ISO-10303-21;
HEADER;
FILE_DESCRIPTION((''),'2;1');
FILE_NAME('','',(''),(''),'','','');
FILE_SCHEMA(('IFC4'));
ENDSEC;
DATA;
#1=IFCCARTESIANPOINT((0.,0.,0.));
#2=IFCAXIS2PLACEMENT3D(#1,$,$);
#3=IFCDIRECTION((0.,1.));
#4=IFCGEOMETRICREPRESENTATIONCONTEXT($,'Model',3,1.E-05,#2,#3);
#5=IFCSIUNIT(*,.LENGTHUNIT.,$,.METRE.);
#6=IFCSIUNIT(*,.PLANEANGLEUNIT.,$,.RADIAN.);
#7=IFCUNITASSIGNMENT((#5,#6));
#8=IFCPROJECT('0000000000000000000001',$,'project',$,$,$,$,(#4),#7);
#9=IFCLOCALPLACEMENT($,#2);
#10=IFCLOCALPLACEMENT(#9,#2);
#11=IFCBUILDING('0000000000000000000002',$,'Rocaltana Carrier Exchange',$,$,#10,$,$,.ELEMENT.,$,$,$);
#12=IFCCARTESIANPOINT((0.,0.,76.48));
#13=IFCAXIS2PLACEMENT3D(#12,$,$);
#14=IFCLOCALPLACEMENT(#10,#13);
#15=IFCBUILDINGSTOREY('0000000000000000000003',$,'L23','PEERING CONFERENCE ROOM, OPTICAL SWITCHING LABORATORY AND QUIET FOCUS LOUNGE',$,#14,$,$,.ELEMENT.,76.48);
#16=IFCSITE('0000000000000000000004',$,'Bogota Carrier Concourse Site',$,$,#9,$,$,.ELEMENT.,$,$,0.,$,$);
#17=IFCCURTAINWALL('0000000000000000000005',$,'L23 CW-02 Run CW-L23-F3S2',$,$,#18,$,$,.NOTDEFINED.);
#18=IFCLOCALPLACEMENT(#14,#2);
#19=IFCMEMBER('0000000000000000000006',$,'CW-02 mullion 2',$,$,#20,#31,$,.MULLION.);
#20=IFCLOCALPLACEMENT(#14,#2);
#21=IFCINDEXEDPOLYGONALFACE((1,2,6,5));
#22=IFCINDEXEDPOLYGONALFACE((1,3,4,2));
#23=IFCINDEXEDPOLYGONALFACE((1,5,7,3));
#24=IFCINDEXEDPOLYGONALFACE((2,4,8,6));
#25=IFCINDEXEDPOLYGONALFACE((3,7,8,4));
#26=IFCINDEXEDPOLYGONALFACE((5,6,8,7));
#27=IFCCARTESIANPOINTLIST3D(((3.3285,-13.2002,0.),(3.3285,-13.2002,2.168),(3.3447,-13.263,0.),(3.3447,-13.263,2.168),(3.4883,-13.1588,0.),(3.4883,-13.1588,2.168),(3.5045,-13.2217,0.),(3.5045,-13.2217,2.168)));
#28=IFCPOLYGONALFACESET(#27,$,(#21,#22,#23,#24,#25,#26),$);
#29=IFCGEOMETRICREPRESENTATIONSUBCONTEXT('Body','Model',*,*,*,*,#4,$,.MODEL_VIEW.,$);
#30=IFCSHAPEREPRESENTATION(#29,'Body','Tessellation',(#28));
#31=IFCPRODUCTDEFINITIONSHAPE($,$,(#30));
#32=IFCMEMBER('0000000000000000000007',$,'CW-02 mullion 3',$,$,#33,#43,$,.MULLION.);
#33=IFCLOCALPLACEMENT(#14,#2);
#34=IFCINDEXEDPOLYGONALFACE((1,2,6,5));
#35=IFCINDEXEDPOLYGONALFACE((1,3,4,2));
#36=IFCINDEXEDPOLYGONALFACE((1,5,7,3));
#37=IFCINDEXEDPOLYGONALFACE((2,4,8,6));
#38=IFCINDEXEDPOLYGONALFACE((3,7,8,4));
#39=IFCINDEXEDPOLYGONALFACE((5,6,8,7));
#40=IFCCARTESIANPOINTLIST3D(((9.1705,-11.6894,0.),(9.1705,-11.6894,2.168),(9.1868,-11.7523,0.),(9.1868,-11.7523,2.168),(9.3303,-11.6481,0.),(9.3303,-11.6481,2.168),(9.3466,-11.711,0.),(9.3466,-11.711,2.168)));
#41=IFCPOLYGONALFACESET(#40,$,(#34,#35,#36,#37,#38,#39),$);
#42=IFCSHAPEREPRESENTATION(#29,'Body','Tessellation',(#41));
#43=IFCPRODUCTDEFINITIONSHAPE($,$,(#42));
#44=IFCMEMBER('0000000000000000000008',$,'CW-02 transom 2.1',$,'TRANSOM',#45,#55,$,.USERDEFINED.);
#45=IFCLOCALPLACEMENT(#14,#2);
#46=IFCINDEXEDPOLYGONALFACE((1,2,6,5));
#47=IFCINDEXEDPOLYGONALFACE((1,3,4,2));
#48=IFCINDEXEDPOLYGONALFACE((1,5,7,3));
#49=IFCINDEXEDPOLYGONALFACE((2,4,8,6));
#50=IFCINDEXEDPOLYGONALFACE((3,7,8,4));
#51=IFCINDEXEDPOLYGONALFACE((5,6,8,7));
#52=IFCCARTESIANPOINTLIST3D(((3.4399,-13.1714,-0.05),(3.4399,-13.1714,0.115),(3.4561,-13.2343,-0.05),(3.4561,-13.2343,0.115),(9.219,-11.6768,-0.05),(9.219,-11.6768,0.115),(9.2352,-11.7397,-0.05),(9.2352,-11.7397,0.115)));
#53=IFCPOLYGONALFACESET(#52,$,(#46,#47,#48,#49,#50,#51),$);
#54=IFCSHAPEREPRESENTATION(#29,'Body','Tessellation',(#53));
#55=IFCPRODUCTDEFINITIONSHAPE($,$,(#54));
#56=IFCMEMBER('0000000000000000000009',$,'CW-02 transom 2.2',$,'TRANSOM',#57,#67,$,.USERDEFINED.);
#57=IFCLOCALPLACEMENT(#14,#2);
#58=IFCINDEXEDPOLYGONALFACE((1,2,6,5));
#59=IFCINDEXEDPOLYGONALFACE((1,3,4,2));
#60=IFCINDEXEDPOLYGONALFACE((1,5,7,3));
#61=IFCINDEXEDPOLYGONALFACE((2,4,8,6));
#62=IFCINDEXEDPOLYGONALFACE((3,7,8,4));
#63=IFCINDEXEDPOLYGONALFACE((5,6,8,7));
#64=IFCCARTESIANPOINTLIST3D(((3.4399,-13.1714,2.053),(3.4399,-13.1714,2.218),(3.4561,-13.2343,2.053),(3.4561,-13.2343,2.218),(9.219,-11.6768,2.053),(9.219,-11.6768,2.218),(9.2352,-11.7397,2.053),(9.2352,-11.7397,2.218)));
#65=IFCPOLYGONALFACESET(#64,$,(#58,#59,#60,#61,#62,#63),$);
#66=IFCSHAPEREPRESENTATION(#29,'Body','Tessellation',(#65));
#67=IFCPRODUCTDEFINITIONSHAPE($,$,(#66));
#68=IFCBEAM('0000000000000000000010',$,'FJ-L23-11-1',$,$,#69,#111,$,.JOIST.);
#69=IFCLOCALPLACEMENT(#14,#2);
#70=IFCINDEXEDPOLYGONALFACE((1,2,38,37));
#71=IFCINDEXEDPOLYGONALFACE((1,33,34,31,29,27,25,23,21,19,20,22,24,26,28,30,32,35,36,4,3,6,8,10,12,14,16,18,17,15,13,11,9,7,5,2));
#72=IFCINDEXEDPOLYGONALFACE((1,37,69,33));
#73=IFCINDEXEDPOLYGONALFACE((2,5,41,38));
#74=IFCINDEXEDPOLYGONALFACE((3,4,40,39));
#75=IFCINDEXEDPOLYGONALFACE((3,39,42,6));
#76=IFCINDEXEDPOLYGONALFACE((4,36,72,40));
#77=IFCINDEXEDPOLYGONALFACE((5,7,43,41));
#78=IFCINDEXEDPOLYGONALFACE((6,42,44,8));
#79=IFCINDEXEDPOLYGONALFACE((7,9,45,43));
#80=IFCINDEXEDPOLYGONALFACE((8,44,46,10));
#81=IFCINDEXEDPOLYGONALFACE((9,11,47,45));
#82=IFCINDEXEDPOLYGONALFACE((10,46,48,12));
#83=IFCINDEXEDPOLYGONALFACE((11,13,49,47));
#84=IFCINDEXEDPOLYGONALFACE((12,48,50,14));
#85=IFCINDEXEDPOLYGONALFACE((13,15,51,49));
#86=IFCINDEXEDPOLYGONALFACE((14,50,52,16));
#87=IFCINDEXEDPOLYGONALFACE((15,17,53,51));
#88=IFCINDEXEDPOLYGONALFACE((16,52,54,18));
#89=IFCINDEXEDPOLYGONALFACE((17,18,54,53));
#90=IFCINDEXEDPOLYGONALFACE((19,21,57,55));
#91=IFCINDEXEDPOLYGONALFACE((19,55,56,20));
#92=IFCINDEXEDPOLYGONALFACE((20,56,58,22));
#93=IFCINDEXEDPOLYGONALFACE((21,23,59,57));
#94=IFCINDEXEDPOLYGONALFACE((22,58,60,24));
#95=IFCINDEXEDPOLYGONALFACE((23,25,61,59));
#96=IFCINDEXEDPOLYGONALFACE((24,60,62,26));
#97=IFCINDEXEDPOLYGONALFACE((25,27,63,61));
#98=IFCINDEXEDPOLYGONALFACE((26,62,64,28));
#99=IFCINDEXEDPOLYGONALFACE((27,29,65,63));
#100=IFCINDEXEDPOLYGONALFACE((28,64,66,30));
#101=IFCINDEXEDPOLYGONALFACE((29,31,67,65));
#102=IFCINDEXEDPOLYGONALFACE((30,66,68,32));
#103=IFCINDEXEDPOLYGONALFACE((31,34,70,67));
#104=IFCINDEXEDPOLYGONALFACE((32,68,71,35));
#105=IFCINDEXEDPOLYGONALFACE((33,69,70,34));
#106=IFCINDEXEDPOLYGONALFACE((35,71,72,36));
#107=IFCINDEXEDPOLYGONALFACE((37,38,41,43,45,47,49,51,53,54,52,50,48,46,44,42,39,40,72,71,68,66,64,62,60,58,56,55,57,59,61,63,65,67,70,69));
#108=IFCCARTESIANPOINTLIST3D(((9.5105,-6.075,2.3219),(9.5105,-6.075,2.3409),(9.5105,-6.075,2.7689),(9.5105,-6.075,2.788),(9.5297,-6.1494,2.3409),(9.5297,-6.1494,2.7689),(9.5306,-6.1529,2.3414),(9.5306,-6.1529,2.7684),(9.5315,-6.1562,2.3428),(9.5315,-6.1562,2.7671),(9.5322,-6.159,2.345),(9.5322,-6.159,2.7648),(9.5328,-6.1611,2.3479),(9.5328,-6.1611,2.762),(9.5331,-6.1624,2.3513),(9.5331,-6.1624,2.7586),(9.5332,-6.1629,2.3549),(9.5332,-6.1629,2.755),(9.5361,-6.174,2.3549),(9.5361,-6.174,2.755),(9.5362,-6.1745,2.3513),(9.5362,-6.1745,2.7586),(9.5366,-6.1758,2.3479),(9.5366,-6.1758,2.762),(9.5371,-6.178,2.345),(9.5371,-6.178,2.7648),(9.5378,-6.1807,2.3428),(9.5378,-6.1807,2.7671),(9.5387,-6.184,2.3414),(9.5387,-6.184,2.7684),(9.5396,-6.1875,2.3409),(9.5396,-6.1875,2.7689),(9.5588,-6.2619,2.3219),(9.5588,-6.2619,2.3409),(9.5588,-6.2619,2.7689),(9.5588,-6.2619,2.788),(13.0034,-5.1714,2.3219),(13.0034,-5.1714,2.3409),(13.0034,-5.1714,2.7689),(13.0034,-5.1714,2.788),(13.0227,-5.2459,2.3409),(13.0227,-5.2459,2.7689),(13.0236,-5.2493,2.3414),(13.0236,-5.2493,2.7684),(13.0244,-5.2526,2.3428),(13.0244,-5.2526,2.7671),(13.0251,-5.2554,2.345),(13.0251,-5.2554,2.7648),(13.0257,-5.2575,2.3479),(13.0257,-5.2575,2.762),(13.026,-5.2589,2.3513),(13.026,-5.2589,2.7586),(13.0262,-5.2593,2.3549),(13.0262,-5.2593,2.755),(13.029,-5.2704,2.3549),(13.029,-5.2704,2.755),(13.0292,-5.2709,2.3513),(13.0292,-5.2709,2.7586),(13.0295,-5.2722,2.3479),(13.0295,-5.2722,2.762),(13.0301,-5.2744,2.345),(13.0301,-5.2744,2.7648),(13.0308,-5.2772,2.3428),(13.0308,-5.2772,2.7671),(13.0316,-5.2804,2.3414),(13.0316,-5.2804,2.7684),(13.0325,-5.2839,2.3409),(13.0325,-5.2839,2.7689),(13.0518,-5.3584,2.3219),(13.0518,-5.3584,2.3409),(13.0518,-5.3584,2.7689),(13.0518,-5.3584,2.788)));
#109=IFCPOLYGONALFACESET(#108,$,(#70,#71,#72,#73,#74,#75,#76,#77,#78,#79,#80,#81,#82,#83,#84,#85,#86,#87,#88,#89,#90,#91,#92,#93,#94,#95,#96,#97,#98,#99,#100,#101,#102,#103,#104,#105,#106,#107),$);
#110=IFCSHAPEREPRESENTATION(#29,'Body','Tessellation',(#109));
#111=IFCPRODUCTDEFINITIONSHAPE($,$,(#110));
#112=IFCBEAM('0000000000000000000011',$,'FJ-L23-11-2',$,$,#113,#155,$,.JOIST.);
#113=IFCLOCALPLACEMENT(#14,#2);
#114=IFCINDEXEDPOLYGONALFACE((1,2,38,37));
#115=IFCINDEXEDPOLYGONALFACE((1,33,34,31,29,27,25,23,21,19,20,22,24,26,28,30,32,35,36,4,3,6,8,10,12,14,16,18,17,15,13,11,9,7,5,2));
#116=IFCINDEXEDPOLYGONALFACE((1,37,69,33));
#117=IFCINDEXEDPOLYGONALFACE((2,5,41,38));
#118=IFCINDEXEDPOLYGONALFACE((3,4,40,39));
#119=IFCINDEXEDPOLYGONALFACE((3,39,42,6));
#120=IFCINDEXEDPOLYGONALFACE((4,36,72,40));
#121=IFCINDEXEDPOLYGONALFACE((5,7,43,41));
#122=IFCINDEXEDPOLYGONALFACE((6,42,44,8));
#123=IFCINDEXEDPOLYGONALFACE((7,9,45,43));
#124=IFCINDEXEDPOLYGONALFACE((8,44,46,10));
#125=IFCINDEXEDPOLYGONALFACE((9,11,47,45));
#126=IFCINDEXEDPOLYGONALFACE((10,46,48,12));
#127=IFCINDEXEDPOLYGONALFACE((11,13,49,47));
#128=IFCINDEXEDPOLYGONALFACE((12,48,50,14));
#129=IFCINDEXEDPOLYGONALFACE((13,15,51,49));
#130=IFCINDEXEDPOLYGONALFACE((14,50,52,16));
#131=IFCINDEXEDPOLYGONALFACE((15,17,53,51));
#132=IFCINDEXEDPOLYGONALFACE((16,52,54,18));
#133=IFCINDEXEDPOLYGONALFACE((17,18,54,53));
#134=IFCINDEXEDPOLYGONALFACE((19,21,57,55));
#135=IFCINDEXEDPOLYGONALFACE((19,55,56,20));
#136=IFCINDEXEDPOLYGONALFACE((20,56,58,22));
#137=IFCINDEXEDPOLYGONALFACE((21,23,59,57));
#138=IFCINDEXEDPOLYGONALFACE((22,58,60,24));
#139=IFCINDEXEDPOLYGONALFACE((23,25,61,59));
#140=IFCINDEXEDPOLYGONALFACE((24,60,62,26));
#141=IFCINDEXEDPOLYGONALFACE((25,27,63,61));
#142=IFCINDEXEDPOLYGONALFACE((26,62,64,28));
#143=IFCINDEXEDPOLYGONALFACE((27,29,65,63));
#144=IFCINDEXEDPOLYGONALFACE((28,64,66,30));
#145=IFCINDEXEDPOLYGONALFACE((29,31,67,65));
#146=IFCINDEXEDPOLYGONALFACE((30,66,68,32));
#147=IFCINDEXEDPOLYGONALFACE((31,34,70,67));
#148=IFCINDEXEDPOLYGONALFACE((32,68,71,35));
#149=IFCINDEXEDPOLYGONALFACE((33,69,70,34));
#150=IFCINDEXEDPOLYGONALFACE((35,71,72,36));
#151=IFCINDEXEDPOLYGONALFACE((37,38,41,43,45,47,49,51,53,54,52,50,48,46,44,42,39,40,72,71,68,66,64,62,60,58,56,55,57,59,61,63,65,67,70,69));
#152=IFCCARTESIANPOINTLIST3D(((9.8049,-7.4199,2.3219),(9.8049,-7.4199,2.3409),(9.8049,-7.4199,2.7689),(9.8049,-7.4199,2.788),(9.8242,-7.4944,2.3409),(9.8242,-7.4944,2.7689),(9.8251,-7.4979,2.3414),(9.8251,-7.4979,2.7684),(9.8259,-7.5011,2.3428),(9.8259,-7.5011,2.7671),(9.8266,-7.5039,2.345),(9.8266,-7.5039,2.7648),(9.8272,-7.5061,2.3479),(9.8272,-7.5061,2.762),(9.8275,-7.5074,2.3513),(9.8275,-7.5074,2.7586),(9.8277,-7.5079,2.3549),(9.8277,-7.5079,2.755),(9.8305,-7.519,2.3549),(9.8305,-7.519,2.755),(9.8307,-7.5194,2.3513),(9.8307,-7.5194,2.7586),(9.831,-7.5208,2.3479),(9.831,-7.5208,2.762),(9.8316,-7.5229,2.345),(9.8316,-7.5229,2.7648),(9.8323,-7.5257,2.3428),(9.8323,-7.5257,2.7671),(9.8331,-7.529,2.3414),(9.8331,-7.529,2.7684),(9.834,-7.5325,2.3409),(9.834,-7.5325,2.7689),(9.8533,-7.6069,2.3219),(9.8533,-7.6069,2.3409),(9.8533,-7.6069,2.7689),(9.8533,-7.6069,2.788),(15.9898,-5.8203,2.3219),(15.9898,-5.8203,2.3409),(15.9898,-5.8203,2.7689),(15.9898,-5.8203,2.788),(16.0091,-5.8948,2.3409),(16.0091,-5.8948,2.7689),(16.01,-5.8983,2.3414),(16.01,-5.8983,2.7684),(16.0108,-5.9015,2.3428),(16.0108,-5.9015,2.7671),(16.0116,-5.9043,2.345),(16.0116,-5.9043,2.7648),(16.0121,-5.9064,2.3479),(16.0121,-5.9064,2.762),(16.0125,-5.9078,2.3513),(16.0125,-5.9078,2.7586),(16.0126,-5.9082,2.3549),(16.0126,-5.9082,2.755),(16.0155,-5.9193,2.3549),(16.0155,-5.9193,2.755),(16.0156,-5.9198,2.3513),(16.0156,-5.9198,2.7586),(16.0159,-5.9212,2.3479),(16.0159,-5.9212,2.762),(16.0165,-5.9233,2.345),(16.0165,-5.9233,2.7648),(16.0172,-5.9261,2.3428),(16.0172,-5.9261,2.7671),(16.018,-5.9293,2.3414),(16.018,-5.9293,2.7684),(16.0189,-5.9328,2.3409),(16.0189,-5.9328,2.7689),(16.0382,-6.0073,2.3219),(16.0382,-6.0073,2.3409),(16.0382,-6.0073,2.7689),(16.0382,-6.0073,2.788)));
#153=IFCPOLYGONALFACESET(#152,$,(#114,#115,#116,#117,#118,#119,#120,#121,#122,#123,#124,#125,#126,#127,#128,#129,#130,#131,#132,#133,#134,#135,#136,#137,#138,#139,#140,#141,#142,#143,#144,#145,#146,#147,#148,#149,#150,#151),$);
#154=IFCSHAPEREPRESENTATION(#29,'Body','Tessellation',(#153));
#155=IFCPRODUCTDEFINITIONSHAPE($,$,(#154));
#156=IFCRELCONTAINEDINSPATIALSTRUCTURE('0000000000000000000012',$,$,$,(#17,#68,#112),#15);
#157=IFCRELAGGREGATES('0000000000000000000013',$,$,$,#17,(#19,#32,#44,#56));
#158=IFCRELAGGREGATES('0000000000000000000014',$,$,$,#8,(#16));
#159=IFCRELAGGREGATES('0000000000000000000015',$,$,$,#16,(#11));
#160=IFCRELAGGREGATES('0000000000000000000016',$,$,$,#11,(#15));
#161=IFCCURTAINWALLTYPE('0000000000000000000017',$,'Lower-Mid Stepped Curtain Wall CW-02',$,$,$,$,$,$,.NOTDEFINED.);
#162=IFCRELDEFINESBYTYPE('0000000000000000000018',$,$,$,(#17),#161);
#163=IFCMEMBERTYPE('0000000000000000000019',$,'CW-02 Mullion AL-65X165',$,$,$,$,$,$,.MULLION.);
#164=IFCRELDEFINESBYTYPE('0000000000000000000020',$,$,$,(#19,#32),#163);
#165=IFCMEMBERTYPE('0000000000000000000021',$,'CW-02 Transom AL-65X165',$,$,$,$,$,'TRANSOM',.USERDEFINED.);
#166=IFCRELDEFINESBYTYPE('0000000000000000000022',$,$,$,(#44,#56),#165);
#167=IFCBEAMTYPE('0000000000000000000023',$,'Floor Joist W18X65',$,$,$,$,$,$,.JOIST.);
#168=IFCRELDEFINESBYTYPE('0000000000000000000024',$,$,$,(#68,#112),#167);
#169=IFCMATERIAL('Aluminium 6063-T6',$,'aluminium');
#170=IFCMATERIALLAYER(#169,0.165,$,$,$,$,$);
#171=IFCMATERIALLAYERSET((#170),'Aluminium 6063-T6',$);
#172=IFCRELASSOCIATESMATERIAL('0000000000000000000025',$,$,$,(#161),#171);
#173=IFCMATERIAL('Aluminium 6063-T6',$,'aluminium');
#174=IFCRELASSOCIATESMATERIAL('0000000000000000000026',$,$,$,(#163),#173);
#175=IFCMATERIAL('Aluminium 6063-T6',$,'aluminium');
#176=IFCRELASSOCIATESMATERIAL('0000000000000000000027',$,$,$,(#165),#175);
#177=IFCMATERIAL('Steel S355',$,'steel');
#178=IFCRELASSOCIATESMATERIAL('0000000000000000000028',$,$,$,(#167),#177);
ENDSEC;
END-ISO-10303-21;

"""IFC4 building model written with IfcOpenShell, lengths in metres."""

from ifc_helpers import new_model, si_unit, direction, frame, origin, origin_2d, place, context, subcontext, project, spatial, rectangle, i_section, extrude, material, layer, layer_set, material_profile, profile_set, type_object, element, aggregate, save


model = new_model("IFC4")

# Units and contexts
model_context = context("Model", 3, precision=1e-05, world=origin(), true_north=direction((0.0, 1.0)))
body_context = subcontext(model_context, "Body", "Model", "MODEL_VIEW")
ifc_project = project(units=[si_unit("LENGTHUNIT", "METRE"), si_unit("PLANEANGLEUNIT", "RADIAN")], contexts=[model_context])

# Site, building, storey
site_placement = place(None, origin())
site = spatial("IfcSite", under=ifc_project, at=site_placement, Name="Bogota Carrier Concourse Site", CompositionType="ELEMENT", RefElevation=0.0)
building_placement = place(site_placement, origin())
building = spatial("IfcBuilding", under=site, at=building_placement, Name="Rocaltana Carrier Exchange", CompositionType="ELEMENT")
storey_placement = place(building_placement, frame((0.0, 0.0, 76.48)))
storey = spatial("IfcBuildingStorey", under=building, at=storey_placement, Name="L23", Description="PEERING CONFERENCE ROOM, OPTICAL SWITCHING LABORATORY AND QUIET FOCUS LOUNGE", CompositionType="ELEMENT", Elevation=76.48)

# Curtain wall, members
ifc_material_1 = material(Name="Aluminium 6063-T6", Category="aluminium")
ifc_layer_1 = layer(ifc_material_1, 0.165)
ifc_layer_set_1 = layer_set([ifc_layer_1], Name="Aluminium 6063-T6")
curtain_wall_type = type_object("IfcCurtainWallType", Name="Lower-Mid Stepped Curtain Wall CW-02", PredefinedType="NOTDEFINED", material=ifc_layer_set_1)
curtain_wall_placement = place(storey_placement, origin())
curtain_wall = element("IfcCurtainWall", 1, at=curtain_wall_placement, inside=storey, type_object=curtain_wall_type, Name="L23 CW-02 Run CW-L23-F3S2", PredefinedType="NOTDEFINED")
ifc_material_2 = material(Name="Aluminium 6063-T6", Category="aluminium")
ifc_material_profile_1 = material_profile(ifc_material_2, rectangle(XDim=0.0649, YDim=0.165, at=origin_2d()), Name="AL-65X165")
ifc_profile_set_1 = profile_set([ifc_material_profile_1], Name="Aluminium 6063-T6")
member_type_1 = type_object("IfcMemberType", Name="CW-02 Mullion AL-65X165", PredefinedType="MULLION", material=ifc_profile_set_1)
member_1_placement = place(storey_placement, frame((3.4165, -13.2109, 0.0), z_axis=(0.0, 0.0, 1.0), x_axis=(-0.250378, 0.968148, 0.0)))
member_1 = element("IfcMember", 2, at=member_1_placement, type_object=member_type_1, Name="CW-02 mullion 2", PredefinedType="MULLION", context=body_context, shape_type="SweptSolid", body=[
    extrude(rectangle(XDim=0.0649, YDim=0.165, at=origin_2d()), origin(), (0.0, 0.0, 1.0), 2.168),
])
member_2_placement = place(storey_placement, frame((9.2585, -11.7002, 0.0), z_axis=(0.0, 0.0, 1.0), x_axis=(-0.250378, 0.968148, 0.0)))
member_2 = element("IfcMember", 3, at=member_2_placement, type_object=member_type_1, Name="CW-02 mullion 3", PredefinedType="MULLION", context=body_context, shape_type="SweptSolid", body=[
    extrude(rectangle(XDim=0.0649, YDim=0.165, at=origin_2d()), origin(), (0.0, 0.0, 1.0), 2.168),
])
ifc_material_3 = material(Name="Aluminium 6063-T6", Category="aluminium")
ifc_material_profile_2 = material_profile(ifc_material_3, rectangle(XDim=0.0649, YDim=0.165, at=origin_2d()), Name="AL-65X165")
ifc_profile_set_2 = profile_set([ifc_material_profile_2], Name="Aluminium 6063-T6")
member_type_2 = type_object("IfcMemberType", Name="CW-02 Transom AL-65X165", ElementType="TRANSOM", PredefinedType="USERDEFINED", material=ifc_profile_set_2)
member_3_placement = place(storey_placement, frame((3.448, -13.2029, 0.0325), z_axis=(0.968145, 0.25039, 0.0), x_axis=(-0.25039, 0.968145, 0.0)))
member_3 = element("IfcMember", 4, at=member_3_placement, type_object=member_type_2, Name="CW-02 transom 2.1", ObjectType="TRANSOM", PredefinedType="USERDEFINED", context=body_context, shape_type="SweptSolid", body=[
    extrude(rectangle(XDim=0.0649, YDim=0.165, at=origin_2d()), origin(), (0.0, 0.0, 1.0), 5.9692),
])
member_4_placement = place(storey_placement, frame((3.448, -13.2029, 2.1355), z_axis=(0.968145, 0.25039, 0.0), x_axis=(-0.25039, 0.968145, 0.0)))
member_4 = element("IfcMember", 5, at=member_4_placement, type_object=member_type_2, Name="CW-02 transom 2.2", ObjectType="TRANSOM", PredefinedType="USERDEFINED", context=body_context, shape_type="SweptSolid", body=[
    extrude(rectangle(XDim=0.0649, YDim=0.165, at=origin_2d()), origin(), (0.0, 0.0, 1.0), 5.9692),
])

# Beams
ifc_material_4 = material(Name="Steel S355", Category="steel")
ifc_material_profile_3 = material_profile(ifc_material_4, i_section(OverallWidth=0.1931, OverallDepth=0.4661, WebThickness=0.0115, FlangeThickness=0.019, FilletRadius=0.0139, at=origin_2d()), Name="W18X65")
ifc_profile_set_3 = profile_set([ifc_material_profile_3], Name="Steel S355")
beam_type_1 = type_object("IfcBeamType", Name="Floor Joist W18X65", PredefinedType="JOIST", material=ifc_profile_set_3)
beam_1_placement = place(storey_placement, frame((9.5347, -6.1685, 2.5549), z_axis=(0.968132, 0.250441, 0.0), x_axis=(-0.250441, 0.968132, 0.0)))
element("IfcBeam", 6, at=beam_1_placement, inside=storey, type_object=beam_type_1, Name="FJ-L23-11-1", PredefinedType="JOIST", context=body_context, shape_type="SweptSolid", body=[
    extrude(i_section(OverallWidth=0.1931, OverallDepth=0.4661, WebThickness=0.0115, FlangeThickness=0.019, FilletRadius=0.0139, at=origin_2d()), origin(), (0.0, 0.0, 1.0), 3.6079),
])
beam_2_placement = place(storey_placement, frame((9.8291, -7.5134, 2.5549), z_axis=(0.968144, 0.250396, 0.0), x_axis=(-0.250396, 0.968144, 0.0)))
element("IfcBeam", 7, at=beam_2_placement, inside=storey, type_object=beam_type_1, Name="FJ-L23-11-2", PredefinedType="JOIST", context=body_context, shape_type="SweptSolid", body=[
    extrude(i_section(OverallWidth=0.1931, OverallDepth=0.4661, WebThickness=0.0115, FlangeThickness=0.019, FilletRadius=0.0139, at=origin_2d()), origin(), (0.0, 0.0, 1.0), 6.3884),
])

aggregate(curtain_wall, [member_1, member_2, member_3, member_4])

save(model, "model.ifc")
